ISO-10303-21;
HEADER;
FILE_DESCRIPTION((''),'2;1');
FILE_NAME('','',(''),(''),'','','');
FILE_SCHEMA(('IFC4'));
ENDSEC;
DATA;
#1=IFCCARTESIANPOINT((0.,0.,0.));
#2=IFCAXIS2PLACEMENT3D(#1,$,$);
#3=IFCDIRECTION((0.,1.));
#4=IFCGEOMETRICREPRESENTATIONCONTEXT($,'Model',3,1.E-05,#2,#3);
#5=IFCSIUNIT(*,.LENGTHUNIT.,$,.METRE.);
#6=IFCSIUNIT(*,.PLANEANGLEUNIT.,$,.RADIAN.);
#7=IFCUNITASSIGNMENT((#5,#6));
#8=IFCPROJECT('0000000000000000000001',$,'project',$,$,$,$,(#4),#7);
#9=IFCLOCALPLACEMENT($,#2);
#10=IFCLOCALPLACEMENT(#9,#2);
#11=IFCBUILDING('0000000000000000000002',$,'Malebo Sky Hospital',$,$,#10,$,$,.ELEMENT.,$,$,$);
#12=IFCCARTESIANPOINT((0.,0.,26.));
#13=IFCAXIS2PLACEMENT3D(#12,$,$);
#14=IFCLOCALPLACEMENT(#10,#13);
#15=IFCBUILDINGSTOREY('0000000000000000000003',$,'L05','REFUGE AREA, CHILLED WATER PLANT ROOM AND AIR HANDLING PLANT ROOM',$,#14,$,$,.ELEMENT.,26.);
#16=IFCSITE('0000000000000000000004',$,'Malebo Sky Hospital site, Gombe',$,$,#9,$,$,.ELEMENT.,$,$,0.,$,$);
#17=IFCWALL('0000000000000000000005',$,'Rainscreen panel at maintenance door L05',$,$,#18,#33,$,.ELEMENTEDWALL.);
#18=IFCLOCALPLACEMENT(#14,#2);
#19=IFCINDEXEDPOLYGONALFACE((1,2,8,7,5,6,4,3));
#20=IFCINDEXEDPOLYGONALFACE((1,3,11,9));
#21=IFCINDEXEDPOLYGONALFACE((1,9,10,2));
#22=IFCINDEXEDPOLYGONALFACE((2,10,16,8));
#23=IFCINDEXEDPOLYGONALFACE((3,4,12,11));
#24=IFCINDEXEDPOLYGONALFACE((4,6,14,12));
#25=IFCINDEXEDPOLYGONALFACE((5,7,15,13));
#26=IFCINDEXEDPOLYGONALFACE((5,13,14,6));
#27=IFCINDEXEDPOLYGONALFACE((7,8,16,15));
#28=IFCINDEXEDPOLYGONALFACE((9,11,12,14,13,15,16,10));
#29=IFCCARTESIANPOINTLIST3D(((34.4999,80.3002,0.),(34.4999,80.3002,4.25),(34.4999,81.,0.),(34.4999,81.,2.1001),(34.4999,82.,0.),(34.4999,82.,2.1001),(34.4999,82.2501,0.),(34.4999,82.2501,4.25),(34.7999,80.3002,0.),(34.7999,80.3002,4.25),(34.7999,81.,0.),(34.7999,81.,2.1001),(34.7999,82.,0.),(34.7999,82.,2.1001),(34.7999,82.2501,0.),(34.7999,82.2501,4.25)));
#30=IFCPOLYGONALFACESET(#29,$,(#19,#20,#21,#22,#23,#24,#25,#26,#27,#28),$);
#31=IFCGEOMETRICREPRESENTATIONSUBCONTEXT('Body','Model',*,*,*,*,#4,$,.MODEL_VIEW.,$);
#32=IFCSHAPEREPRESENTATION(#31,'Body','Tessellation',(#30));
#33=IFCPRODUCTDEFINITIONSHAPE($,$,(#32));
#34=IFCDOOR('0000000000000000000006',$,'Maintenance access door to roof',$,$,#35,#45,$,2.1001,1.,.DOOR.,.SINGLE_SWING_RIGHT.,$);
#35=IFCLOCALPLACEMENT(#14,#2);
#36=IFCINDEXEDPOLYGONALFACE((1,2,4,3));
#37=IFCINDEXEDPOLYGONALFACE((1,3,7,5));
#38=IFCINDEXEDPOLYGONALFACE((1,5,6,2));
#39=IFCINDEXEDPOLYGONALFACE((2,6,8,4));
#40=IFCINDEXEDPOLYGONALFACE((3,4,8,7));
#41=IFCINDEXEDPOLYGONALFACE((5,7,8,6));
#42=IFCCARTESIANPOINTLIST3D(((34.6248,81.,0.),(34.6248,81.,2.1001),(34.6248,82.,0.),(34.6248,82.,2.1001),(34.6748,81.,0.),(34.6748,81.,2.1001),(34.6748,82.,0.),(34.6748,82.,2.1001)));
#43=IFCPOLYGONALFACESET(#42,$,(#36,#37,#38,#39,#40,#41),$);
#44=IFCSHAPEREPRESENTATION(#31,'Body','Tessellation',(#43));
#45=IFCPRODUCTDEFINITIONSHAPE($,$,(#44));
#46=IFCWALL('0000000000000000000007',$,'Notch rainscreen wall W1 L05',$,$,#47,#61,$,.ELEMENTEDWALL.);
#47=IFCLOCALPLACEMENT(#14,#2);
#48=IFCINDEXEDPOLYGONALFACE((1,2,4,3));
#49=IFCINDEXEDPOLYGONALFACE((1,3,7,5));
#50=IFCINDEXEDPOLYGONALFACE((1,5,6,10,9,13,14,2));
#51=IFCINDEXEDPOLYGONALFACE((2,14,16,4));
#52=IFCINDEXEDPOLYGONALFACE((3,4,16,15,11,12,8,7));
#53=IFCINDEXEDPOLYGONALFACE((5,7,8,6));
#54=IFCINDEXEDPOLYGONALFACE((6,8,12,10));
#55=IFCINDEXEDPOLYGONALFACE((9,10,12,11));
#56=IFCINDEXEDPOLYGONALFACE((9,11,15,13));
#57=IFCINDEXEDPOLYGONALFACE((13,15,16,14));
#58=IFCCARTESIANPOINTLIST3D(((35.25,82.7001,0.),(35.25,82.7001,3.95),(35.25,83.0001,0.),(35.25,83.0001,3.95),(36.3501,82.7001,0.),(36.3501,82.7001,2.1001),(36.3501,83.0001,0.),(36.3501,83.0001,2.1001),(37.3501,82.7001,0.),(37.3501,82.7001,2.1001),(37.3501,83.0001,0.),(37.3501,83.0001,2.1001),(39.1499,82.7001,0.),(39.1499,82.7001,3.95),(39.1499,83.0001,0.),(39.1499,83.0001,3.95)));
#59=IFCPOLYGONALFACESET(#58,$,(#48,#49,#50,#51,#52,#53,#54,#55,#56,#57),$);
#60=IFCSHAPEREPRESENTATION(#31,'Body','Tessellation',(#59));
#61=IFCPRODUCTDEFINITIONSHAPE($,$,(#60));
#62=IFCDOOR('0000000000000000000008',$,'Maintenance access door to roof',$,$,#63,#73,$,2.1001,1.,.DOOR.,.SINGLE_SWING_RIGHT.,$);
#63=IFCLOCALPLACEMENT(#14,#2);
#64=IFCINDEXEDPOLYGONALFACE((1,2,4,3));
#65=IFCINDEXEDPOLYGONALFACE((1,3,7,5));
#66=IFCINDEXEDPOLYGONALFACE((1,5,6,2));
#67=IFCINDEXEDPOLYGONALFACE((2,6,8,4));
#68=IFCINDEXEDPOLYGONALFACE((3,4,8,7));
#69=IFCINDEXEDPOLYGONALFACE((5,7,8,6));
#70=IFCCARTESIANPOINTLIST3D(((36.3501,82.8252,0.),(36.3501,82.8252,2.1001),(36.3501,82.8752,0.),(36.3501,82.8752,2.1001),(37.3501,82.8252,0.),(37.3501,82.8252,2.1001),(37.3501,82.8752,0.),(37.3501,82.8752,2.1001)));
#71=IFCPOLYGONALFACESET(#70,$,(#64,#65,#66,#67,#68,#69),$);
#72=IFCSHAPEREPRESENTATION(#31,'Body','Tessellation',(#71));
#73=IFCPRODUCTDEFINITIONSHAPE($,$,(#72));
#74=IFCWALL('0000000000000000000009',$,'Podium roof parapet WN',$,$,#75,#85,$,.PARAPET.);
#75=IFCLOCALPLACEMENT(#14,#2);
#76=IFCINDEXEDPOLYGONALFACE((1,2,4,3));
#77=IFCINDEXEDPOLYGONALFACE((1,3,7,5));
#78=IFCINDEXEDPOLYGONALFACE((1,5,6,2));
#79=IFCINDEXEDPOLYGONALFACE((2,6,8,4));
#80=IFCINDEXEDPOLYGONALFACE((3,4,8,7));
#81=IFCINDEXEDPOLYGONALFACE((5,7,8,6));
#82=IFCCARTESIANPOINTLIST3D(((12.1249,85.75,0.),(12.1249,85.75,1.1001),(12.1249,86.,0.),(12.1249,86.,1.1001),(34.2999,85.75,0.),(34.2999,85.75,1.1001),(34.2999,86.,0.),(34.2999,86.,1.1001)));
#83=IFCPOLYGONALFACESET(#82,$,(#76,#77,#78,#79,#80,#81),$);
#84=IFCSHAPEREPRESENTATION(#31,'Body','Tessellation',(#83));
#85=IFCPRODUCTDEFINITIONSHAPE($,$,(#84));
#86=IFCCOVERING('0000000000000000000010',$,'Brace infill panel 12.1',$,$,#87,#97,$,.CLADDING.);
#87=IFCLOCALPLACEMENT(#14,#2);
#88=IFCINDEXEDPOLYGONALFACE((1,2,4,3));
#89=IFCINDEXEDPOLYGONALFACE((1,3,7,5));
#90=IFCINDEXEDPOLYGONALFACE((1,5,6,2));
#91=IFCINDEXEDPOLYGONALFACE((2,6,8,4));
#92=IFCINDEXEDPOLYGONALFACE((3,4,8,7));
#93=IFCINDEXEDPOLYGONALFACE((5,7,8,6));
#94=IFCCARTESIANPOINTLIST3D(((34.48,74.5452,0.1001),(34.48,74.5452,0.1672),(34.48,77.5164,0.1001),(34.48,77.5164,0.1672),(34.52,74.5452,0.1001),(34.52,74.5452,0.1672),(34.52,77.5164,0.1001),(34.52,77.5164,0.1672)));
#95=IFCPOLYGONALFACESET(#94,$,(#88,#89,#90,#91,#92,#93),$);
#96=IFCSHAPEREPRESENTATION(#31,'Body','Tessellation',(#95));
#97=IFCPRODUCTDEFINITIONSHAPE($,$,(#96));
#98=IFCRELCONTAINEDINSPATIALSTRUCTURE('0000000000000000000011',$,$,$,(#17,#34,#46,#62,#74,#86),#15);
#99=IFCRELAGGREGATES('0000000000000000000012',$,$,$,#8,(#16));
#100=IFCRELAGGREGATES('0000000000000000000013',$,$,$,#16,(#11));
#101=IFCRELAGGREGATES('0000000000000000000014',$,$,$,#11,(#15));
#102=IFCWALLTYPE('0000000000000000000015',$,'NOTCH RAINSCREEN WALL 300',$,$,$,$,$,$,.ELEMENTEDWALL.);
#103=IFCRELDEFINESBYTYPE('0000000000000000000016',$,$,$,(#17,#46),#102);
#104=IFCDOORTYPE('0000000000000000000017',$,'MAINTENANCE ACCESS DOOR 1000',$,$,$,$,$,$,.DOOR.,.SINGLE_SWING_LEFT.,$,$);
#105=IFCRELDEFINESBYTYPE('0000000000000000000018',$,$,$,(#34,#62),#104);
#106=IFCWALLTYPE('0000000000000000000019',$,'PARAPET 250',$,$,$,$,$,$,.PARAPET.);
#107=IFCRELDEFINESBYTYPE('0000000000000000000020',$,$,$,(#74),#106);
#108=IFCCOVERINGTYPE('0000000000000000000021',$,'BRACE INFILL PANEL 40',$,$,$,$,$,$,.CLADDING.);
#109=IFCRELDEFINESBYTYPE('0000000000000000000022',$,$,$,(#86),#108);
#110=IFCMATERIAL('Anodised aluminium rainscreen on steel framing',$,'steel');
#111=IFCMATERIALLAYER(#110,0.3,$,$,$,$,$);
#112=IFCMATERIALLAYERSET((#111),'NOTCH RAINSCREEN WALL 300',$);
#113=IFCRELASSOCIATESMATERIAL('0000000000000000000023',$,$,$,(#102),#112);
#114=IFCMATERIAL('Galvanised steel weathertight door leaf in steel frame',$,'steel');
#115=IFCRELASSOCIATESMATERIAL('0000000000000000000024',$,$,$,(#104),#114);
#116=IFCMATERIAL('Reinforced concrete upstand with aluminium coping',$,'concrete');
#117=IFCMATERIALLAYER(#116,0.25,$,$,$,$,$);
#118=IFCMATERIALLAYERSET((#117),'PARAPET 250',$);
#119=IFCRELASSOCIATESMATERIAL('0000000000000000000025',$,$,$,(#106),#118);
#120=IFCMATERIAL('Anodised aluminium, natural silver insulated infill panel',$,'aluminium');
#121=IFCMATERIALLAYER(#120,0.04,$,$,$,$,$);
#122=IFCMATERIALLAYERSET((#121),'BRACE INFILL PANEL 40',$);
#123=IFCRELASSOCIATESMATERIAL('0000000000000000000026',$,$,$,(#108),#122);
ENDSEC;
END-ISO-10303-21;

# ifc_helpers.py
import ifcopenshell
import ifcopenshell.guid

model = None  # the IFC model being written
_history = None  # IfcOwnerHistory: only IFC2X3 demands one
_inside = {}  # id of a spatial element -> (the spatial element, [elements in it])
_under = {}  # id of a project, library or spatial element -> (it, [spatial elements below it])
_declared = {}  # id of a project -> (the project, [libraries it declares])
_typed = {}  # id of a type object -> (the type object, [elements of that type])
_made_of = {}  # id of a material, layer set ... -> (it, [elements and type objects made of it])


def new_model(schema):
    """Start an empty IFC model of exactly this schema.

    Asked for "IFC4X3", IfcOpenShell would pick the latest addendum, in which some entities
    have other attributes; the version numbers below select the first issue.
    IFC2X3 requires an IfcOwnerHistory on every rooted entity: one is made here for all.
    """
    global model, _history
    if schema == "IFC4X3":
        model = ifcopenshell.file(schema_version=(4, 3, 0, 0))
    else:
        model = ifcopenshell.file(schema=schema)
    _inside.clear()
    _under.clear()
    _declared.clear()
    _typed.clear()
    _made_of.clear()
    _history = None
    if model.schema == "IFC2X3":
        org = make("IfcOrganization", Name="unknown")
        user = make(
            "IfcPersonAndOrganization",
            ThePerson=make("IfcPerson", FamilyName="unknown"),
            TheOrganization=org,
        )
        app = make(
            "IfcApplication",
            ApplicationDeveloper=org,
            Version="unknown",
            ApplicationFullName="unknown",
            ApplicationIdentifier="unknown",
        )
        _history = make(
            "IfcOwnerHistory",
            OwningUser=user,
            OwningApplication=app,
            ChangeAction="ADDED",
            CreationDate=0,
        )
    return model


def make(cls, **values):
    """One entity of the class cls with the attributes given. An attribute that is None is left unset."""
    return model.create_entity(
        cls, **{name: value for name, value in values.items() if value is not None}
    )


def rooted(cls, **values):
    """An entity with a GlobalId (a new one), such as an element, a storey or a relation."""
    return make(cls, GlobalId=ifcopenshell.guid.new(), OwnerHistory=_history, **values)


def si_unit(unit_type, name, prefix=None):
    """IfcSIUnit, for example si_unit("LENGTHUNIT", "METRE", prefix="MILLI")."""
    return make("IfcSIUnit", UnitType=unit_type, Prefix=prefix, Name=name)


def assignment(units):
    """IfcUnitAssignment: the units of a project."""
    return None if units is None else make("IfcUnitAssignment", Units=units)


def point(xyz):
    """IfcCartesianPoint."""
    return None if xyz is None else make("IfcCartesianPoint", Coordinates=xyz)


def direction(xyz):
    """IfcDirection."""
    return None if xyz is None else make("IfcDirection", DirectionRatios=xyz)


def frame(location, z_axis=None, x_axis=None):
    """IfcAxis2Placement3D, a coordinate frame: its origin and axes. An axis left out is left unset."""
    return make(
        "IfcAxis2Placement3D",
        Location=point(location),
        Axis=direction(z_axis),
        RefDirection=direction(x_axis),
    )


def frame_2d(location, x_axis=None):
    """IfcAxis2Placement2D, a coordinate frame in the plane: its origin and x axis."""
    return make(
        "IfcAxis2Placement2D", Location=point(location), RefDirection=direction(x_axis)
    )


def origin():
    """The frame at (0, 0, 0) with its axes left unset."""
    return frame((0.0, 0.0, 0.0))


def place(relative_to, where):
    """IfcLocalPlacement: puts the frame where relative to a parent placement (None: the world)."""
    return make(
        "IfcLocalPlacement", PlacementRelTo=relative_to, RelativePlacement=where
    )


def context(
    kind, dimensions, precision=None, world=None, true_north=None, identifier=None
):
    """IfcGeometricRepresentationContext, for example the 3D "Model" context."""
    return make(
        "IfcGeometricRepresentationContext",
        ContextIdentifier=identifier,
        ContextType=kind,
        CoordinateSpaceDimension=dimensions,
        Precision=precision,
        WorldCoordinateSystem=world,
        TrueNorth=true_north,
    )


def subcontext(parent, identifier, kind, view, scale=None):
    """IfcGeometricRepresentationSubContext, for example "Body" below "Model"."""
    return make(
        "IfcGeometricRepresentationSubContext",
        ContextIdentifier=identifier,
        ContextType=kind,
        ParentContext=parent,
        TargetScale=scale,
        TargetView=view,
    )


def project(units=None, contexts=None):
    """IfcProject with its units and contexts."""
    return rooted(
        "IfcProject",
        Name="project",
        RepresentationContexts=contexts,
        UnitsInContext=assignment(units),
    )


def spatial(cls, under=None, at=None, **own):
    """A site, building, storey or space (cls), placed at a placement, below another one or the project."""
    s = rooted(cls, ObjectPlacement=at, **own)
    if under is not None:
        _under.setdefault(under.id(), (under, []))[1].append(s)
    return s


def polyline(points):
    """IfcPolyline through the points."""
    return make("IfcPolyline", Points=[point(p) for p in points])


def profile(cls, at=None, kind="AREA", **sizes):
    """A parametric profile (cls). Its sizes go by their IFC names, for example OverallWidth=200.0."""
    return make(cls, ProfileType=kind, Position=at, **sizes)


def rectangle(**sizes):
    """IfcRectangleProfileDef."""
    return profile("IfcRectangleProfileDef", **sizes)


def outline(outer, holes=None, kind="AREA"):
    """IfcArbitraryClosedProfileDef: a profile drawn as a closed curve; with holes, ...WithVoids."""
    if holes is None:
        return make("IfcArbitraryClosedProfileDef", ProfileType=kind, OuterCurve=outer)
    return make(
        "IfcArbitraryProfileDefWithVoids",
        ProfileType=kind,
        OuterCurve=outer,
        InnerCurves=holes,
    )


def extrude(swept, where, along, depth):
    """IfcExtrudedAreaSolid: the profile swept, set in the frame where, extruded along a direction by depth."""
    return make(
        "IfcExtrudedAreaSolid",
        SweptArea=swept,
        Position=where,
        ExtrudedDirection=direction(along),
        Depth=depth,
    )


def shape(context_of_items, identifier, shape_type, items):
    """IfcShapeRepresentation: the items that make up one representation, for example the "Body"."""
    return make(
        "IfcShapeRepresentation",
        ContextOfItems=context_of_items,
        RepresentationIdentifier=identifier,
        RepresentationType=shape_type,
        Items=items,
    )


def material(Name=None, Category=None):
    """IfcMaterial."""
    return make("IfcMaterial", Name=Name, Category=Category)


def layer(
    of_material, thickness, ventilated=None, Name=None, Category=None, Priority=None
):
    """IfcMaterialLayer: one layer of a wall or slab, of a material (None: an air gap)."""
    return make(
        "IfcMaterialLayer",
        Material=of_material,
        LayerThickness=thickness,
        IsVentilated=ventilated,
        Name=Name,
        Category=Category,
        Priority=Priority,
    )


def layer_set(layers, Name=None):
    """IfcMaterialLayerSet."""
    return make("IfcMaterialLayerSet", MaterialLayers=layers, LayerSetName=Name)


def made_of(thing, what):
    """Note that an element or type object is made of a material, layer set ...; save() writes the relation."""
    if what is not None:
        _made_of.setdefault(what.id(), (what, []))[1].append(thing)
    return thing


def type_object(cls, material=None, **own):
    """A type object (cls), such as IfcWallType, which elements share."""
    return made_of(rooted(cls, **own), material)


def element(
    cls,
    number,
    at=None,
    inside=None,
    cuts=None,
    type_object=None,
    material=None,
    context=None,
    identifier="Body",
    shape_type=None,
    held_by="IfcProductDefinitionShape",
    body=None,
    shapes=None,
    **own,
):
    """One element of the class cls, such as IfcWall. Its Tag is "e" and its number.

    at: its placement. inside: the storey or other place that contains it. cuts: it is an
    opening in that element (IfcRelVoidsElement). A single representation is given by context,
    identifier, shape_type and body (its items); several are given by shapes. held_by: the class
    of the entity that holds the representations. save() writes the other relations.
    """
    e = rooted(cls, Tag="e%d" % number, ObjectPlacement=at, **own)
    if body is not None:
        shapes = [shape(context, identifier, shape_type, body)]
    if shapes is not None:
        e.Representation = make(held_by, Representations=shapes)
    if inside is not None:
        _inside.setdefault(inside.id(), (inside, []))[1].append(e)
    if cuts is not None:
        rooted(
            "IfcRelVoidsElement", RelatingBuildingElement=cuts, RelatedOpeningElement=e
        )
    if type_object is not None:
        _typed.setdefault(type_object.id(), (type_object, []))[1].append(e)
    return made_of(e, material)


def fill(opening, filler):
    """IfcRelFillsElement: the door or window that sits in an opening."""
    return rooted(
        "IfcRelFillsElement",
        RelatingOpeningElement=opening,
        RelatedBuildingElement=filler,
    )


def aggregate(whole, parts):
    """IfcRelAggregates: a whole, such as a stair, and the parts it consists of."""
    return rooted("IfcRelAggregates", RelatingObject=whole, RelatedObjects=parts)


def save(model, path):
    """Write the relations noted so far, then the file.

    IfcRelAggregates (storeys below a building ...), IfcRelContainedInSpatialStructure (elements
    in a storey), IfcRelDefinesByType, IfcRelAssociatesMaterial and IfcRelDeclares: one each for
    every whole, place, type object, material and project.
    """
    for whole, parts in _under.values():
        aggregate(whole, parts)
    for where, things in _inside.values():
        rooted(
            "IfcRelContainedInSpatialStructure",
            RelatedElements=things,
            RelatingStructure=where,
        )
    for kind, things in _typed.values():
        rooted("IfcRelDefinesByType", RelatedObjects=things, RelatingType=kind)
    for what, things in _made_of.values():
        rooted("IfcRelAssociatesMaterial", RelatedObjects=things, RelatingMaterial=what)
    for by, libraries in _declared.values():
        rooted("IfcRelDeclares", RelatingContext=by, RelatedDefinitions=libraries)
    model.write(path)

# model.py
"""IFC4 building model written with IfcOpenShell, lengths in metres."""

from ifc_helpers import new_model, si_unit, direction, frame, frame_2d, origin, place, context, subcontext, project, spatial, polyline, rectangle, outline, extrude, material, layer, layer_set, type_object, element, fill, save


model = new_model("IFC4")

# Units and contexts
model_context = context("Model", 3, precision=1e-05, world=origin(), true_north=direction((0.0, 1.0)))
body_context = subcontext(model_context, "Body", "Model", "MODEL_VIEW")
ifc_project = project(units=[si_unit("LENGTHUNIT", "METRE"), si_unit("PLANEANGLEUNIT", "RADIAN")], contexts=[model_context])

# Site, building, storey
site_placement = place(None, origin())
site = spatial("IfcSite", under=ifc_project, at=site_placement, Name="Malebo Sky Hospital site, Gombe", CompositionType="ELEMENT", RefElevation=0.0)
building_placement = place(site_placement, origin())
building = spatial("IfcBuilding", under=site, at=building_placement, Name="Malebo Sky Hospital", CompositionType="ELEMENT")
storey_placement = place(building_placement, frame((0.0, 0.0, 26.0)))
storey = spatial("IfcBuildingStorey", under=building, at=storey_placement, Name="L05", Description="REFUGE AREA, CHILLED WATER PLANT ROOM AND AIR HANDLING PLANT ROOM", CompositionType="ELEMENT", Elevation=26.0)

# Walls, openings, doors
ifc_material_1 = material(Name="Anodised aluminium rainscreen on steel framing", Category="steel")
ifc_layer_1 = layer(ifc_material_1, 0.3)
ifc_layer_set_1 = layer_set([ifc_layer_1], Name="NOTCH RAINSCREEN WALL 300")
wall_type_1 = type_object("IfcWallType", Name="NOTCH RAINSCREEN WALL 300", PredefinedType="ELEMENTEDWALL", material=ifc_layer_set_1)
wall_1_placement = place(storey_placement, frame((34.6499, 80.3, 0.0), z_axis=(0.0, 0.0, 1.0), x_axis=(0.0, 1.0, 0.0)))
wall_1 = element("IfcWall", 1, at=wall_1_placement, inside=storey, type_object=wall_type_1, Name="Rainscreen panel at maintenance door L05", PredefinedType="ELEMENTEDWALL", context=body_context, shape_type="SweptSolid", body=[
    extrude(rectangle(XDim=1.95, YDim=0.3, at=frame_2d((0.9751, 0.0))), origin(), (0.0, 0.0, 1.0), 4.25),
])
opening_1_placement = place(wall_1_placement, frame((0.7, 0.0, 0.0)))
opening_1 = element("IfcOpeningElement", 2, at=opening_1_placement, cuts=wall_1, PredefinedType="OPENING", context=body_context, shape_type="SweptSolid", body=[
    extrude(rectangle(XDim=1.0, YDim=2.1001, at=frame_2d((0.5, 1.05))), frame((0.0, 0.1599, 0.0), z_axis=(0.0, -1.0, 0.0), x_axis=(1.0, 0.0, 0.0)), (0.0, 0.0, 1.0), 0.3201),
])
ifc_material_2 = material(Name="Galvanised steel weathertight door leaf in steel frame", Category="steel")
door_type = type_object("IfcDoorType", Name="MAINTENANCE ACCESS DOOR 1000", OperationType="SINGLE_SWING_LEFT", PredefinedType="DOOR", material=ifc_material_2)
door_1_placement = place(opening_1_placement, frame((1.0, 0.0, 0.0), z_axis=(0.0, 0.0, 1.0), x_axis=(-1.0, 0.0, 0.0)))
door_1 = element("IfcDoor", 3, at=door_1_placement, inside=storey, type_object=door_type, Name="Maintenance access door to roof", OperationType="SINGLE_SWING_RIGHT", OverallHeight=2.1001, OverallWidth=1.0, PredefinedType="DOOR", context=body_context, shape_type="SweptSolid", body=[
    extrude(rectangle(XDim=1.0, YDim=2.1001, at=frame_2d((0.5, 1.05))), frame((0.0, 0.0249, 0.0), z_axis=(0.0, -1.0, 0.0), x_axis=(1.0, 0.0, 0.0)), (0.0, 0.0, 1.0), 0.05),
])
fill(opening_1, door_1)
wall_2_placement = place(storey_placement, frame((35.25, 82.8501, 0.0), z_axis=(0.0, 0.0, 1.0), x_axis=(1.0, 0.0, 0.0)))
wall_2 = element("IfcWall", 4, at=wall_2_placement, inside=storey, type_object=wall_type_1, Name="Notch rainscreen wall W1 L05", PredefinedType="ELEMENTEDWALL", context=body_context, shape_type="SweptSolid", body=[
    extrude(rectangle(XDim=3.8999, YDim=0.3, at=frame_2d((1.95, 0.0))), origin(), (0.0, 0.0, 1.0), 3.95),
])
opening_2_placement = place(wall_2_placement, frame((1.1001, 0.0, 0.0)))
opening_2 = element("IfcOpeningElement", 5, at=opening_2_placement, cuts=wall_2, PredefinedType="OPENING", context=body_context, shape_type="SweptSolid", body=[
    extrude(rectangle(XDim=1.0, YDim=2.1001, at=frame_2d((0.5, 1.05))), frame((0.0, 0.1599, 0.0), z_axis=(0.0, -1.0, 0.0), x_axis=(1.0, 0.0, 0.0)), (0.0, 0.0, 1.0), 0.3201),
])
door_2_placement = place(opening_2_placement, frame((1.0, 0.0, 0.0), z_axis=(0.0, 0.0, 1.0), x_axis=(-1.0, 0.0, 0.0)))
door_2 = element("IfcDoor", 6, at=door_2_placement, inside=storey, type_object=door_type, Name="Maintenance access door to roof", OperationType="SINGLE_SWING_RIGHT", OverallHeight=2.1001, OverallWidth=1.0, PredefinedType="DOOR", context=body_context, shape_type="SweptSolid", body=[
    extrude(rectangle(XDim=1.0, YDim=2.1001, at=frame_2d((0.5, 1.05))), frame((0.0, 0.0249, 0.0), z_axis=(0.0, -1.0, 0.0), x_axis=(1.0, 0.0, 0.0)), (0.0, 0.0, 1.0), 0.05),
])
fill(opening_2, door_2)

# Wall
ifc_material_3 = material(Name="Reinforced concrete upstand with aluminium coping", Category="concrete")
ifc_layer_2 = layer(ifc_material_3, 0.25)
ifc_layer_set_2 = layer_set([ifc_layer_2], Name="PARAPET 250")
wall_type_2 = type_object("IfcWallType", Name="PARAPET 250", PredefinedType="PARAPET", material=ifc_layer_set_2)
wall_3_placement = place(storey_placement, frame((12.125, 85.875, 0.0), z_axis=(0.0, 0.0, 1.0), x_axis=(1.0, 0.0, 0.0)))
element("IfcWall", 7, at=wall_3_placement, inside=storey, type_object=wall_type_2, Name="Podium roof parapet WN", PredefinedType="PARAPET", context=body_context, shape_type="SweptSolid", body=[
    extrude(rectangle(XDim=22.175, YDim=0.25, at=frame_2d((11.0874, 0.0))), origin(), (0.0, 0.0, 1.0), 1.1001),
])

# Covering
ifc_material_4 = material(Name="Anodised aluminium, natural silver insulated infill panel", Category="aluminium")
ifc_layer_3 = layer(ifc_material_4, 0.04)
ifc_layer_set_3 = layer_set([ifc_layer_3], Name="BRACE INFILL PANEL 40")
covering_type = type_object("IfcCoveringType", Name="BRACE INFILL PANEL 40", PredefinedType="CLADDING", material=ifc_layer_set_3)
covering_placement = place(storey_placement, frame((34.5, 76.0308, 0.1001), z_axis=(0.0, 0.0, 1.0), x_axis=(0.0, 1.0, 0.0)))
element("IfcCovering", 8, at=covering_placement, inside=storey, type_object=covering_type, Name="Brace infill panel 12.1", PredefinedType="CLADDING", context=body_context, shape_type="SweptSolid", body=[
    extrude(outline(polyline([(-1.4856, 0.0), (1.4856, 0.0), (1.4856, 0.0671), (-1.4856, 0.0671), (-1.4856, 0.0)])), frame((0.0, 0.02, 0.0), z_axis=(0.0, -1.0, 0.0), x_axis=(1.0, 0.0, 0.0)), (0.0, 0.0, 1.0), 0.04),
])

save(model, "model.ifc")
